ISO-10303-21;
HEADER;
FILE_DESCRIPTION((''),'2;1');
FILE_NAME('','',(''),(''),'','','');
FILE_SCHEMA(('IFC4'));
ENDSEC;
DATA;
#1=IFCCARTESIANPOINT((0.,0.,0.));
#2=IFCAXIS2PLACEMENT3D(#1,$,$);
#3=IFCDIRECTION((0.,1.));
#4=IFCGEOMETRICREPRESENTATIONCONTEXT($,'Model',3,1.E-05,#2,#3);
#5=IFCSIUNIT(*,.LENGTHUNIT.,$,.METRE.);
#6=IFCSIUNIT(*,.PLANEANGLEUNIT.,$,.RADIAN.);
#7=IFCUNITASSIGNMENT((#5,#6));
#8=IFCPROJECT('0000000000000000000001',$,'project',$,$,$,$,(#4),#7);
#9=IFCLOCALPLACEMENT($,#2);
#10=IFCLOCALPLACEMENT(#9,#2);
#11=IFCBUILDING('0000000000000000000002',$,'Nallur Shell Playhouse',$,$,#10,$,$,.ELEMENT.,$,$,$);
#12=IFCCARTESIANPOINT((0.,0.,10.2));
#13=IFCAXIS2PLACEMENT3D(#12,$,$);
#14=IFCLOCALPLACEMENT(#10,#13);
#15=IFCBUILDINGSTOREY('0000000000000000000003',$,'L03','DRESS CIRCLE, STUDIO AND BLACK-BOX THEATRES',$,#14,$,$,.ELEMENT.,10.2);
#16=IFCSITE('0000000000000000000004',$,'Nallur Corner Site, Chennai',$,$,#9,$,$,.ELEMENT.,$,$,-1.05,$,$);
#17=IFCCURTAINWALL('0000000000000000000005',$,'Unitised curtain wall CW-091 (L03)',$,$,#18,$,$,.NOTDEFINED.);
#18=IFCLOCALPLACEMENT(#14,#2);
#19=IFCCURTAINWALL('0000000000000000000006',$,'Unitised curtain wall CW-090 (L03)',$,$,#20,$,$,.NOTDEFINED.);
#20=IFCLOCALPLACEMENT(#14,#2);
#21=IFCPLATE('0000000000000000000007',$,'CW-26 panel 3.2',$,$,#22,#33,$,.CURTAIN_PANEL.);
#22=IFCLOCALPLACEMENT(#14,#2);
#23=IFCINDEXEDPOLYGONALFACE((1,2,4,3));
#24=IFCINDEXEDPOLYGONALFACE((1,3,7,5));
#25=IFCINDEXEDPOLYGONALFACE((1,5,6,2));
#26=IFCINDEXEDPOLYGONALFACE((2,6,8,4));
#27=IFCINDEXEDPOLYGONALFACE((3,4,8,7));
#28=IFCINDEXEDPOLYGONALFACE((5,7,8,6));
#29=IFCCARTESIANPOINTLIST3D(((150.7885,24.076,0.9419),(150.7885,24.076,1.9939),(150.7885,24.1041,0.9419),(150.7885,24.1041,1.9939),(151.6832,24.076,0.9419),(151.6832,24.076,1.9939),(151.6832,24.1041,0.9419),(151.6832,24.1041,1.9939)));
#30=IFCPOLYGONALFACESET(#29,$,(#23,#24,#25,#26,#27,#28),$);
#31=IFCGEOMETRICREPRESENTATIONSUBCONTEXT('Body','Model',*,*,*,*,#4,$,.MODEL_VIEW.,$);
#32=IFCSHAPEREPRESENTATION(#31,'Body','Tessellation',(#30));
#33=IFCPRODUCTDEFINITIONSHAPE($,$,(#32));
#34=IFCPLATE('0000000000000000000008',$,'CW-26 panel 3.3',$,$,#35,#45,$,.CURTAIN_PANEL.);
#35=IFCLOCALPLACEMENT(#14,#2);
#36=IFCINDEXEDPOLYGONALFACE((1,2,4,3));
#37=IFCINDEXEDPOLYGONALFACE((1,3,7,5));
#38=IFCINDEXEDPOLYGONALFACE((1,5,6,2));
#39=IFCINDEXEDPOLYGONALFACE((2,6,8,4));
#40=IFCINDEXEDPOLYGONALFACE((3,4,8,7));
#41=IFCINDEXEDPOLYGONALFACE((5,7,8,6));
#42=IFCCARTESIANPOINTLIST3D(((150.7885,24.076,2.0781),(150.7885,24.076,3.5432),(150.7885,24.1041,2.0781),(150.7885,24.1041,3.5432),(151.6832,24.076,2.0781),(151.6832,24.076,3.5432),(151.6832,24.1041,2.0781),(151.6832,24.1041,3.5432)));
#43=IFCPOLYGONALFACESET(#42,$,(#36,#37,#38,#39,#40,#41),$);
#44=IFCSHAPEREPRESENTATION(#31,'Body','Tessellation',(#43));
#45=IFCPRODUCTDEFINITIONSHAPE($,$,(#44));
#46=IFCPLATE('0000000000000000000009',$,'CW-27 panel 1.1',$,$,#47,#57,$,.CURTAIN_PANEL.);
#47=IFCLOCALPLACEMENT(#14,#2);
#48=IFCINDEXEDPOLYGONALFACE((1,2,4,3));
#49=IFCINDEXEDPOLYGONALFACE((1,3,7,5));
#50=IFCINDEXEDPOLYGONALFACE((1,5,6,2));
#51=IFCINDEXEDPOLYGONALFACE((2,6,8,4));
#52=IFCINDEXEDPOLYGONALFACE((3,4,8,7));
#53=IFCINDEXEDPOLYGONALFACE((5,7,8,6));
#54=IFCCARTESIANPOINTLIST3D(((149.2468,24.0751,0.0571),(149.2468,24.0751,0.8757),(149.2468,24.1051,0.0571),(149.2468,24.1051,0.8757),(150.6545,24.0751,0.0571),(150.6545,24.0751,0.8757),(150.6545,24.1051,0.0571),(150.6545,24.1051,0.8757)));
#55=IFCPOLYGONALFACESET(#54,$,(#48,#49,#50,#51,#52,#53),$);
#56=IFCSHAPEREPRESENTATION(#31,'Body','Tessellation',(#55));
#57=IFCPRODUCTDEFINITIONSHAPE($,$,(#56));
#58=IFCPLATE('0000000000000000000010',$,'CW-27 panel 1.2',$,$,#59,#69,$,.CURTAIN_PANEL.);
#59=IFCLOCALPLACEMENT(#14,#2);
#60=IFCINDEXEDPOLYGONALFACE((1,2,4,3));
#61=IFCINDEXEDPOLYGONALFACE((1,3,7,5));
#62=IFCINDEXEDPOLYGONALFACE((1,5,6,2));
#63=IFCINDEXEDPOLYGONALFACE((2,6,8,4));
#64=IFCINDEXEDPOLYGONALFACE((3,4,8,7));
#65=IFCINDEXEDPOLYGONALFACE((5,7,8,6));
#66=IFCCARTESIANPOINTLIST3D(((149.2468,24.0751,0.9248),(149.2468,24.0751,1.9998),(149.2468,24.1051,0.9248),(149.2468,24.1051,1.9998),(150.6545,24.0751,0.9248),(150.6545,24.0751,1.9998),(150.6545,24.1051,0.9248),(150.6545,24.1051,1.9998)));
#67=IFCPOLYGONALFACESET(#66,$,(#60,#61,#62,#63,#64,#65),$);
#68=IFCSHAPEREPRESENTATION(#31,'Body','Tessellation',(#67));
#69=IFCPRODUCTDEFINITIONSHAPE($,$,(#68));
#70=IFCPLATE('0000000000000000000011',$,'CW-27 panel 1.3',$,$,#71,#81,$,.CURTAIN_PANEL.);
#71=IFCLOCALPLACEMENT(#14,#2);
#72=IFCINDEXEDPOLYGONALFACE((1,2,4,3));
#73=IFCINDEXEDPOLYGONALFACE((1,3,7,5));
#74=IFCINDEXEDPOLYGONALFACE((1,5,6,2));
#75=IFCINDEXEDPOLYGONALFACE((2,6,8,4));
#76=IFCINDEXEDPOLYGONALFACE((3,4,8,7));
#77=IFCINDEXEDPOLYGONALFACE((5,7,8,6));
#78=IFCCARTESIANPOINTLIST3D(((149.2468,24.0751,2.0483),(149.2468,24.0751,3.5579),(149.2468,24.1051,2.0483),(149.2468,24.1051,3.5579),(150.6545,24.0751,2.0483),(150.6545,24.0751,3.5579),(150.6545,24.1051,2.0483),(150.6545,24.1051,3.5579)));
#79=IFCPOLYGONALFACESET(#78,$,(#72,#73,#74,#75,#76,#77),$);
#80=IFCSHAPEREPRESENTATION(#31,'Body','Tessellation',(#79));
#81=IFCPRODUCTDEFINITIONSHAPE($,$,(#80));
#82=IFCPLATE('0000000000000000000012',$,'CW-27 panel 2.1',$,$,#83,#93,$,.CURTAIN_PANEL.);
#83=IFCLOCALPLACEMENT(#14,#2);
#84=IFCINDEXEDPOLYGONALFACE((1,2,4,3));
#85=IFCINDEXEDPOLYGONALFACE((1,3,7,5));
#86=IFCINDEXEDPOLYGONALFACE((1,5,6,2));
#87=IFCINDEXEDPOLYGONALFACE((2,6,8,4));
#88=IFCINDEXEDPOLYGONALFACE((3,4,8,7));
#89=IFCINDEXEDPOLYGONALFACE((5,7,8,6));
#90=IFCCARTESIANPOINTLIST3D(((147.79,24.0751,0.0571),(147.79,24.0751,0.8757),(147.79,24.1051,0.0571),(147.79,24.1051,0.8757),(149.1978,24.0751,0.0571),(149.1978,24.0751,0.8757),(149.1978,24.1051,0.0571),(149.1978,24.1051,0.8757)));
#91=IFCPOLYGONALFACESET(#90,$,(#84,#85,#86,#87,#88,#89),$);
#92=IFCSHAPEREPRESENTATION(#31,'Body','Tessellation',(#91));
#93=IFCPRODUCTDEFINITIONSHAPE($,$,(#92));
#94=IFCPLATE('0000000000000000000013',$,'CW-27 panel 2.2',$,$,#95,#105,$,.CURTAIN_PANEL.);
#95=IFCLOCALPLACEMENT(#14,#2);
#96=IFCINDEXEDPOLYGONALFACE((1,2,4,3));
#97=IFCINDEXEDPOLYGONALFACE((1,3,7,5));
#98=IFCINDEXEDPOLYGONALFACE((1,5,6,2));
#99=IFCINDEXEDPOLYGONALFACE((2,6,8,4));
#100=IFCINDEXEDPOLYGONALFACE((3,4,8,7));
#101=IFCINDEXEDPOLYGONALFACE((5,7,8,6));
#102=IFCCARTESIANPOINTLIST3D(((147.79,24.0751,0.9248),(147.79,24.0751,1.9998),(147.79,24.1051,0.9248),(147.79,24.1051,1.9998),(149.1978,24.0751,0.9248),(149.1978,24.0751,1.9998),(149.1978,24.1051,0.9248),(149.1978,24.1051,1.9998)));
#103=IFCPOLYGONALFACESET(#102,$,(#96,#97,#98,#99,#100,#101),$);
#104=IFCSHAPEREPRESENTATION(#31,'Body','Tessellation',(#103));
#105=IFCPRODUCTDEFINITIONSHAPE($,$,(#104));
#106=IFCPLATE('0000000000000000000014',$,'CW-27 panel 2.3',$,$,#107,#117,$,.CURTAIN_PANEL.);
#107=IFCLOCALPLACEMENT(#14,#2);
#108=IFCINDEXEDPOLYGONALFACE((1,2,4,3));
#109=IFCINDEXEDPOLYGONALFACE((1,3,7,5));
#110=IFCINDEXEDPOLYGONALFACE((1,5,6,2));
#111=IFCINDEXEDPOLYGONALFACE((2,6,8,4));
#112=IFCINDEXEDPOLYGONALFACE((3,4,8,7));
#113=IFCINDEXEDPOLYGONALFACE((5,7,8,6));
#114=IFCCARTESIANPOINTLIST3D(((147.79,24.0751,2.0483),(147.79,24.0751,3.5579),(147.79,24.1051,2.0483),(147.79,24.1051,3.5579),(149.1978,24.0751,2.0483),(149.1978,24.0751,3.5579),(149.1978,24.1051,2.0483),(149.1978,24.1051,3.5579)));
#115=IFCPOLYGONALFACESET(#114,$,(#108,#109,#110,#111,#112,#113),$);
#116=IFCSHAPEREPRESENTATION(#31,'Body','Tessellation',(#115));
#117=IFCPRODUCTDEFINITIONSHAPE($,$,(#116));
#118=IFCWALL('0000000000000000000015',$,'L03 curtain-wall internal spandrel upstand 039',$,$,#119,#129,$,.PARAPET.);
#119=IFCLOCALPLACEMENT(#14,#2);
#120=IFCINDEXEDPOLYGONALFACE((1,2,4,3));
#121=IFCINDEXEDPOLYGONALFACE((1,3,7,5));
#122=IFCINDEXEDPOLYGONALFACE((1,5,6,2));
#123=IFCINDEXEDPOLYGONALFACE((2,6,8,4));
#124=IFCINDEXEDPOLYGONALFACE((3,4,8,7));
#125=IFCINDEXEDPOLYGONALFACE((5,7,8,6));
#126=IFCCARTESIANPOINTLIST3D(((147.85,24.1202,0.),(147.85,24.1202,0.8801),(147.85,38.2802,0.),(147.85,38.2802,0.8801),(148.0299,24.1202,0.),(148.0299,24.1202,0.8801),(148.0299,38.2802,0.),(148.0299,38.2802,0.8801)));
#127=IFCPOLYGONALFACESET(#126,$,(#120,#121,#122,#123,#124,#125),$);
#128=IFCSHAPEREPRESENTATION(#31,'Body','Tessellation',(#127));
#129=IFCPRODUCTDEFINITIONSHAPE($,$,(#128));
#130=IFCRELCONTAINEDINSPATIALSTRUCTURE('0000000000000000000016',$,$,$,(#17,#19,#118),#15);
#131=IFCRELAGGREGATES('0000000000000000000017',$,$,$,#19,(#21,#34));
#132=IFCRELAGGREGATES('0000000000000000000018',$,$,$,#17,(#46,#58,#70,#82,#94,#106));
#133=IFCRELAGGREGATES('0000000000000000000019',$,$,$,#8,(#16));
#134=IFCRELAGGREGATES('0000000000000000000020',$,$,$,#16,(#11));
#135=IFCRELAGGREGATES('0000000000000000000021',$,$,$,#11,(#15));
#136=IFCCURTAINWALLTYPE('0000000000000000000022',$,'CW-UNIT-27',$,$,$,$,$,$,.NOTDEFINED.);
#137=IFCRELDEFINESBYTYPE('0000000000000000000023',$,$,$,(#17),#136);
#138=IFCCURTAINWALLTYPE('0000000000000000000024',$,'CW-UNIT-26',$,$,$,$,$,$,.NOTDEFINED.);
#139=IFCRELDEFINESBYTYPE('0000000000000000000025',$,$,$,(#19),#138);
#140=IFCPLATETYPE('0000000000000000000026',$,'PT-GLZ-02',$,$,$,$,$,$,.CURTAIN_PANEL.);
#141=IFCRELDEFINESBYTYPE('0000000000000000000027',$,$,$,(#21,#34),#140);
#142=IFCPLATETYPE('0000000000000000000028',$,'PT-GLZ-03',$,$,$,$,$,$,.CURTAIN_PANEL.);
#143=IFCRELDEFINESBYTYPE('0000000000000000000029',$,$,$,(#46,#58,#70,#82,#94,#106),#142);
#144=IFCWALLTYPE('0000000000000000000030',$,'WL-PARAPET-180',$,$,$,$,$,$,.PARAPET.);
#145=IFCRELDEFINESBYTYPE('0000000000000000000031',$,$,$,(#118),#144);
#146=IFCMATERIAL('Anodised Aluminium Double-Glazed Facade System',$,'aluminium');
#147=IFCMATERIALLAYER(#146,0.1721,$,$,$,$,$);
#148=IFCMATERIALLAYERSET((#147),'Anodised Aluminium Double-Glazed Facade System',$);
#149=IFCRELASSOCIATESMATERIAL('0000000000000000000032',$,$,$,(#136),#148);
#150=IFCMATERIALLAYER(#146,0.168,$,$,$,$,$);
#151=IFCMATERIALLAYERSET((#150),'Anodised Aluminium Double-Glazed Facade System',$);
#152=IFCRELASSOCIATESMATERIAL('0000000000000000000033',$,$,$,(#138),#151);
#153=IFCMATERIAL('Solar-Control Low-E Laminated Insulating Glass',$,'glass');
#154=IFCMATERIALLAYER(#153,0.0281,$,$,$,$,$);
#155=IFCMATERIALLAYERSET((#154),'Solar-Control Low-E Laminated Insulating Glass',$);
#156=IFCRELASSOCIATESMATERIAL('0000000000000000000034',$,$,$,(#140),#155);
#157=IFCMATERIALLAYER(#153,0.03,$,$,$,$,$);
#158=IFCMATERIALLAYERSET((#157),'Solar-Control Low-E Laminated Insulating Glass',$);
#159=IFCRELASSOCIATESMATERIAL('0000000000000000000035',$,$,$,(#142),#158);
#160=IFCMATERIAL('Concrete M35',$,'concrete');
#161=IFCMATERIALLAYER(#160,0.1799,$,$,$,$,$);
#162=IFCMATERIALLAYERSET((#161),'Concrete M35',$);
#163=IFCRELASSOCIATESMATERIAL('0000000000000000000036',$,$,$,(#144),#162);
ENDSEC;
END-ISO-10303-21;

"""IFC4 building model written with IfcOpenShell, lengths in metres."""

from ifc_helpers import new_model, si_unit, direction, frame, frame_2d, origin, origin_2d, place, context, subcontext, project, spatial, rectangle, extrude, material, layer, layer_set, type_object, element, aggregate, save


model = new_model("IFC4")

# Units and contexts
model_context = context("Model", 3, precision=1e-05, world=origin(), true_north=direction((0.0, 1.0)))
body_context = subcontext(model_context, "Body", "Model", "MODEL_VIEW")
ifc_project = project(units=[si_unit("LENGTHUNIT", "METRE"), si_unit("PLANEANGLEUNIT", "RADIAN")], contexts=[model_context])

# Site, building, storey
site_placement = place(None, origin())
site = spatial("IfcSite", under=ifc_project, at=site_placement, Name="Nallur Corner Site, Chennai", CompositionType="ELEMENT", RefElevation=-1.05)
building_placement = place(site_placement, origin())
building = spatial("IfcBuilding", under=site, at=building_placement, Name="Nallur Shell Playhouse", CompositionType="ELEMENT")
storey_placement = place(building_placement, frame((0.0, 0.0, 10.2)))
storey = spatial("IfcBuildingStorey", under=building, at=storey_placement, Name="L03", Description="DRESS CIRCLE, STUDIO AND BLACK-BOX THEATRES", CompositionType="ELEMENT", Elevation=10.2)

# Curtain walls
ifc_material_1 = material(Name="Anodised Aluminium Double-Glazed Facade System", Category="aluminium")
ifc_layer_1 = layer(ifc_material_1, 0.1721)
ifc_layer_set_1 = layer_set([ifc_layer_1], Name="Anodised Aluminium Double-Glazed Facade System")
curtain_wall_type_1 = type_object("IfcCurtainWallType", Name="CW-UNIT-27", PredefinedType="NOTDEFINED", material=ifc_layer_set_1)
curtain_wall_1_placement = place(storey_placement, origin())
curtain_wall_1 = element("IfcCurtainWall", 1, at=curtain_wall_1_placement, inside=storey, type_object=curtain_wall_type_1, Name="Unitised curtain wall CW-091 (L03)", PredefinedType="NOTDEFINED")
ifc_layer_2 = layer(ifc_material_1, 0.168)
ifc_layer_set_2 = layer_set([ifc_layer_2], Name="Anodised Aluminium Double-Glazed Facade System")
curtain_wall_type_2 = type_object("IfcCurtainWallType", Name="CW-UNIT-26", PredefinedType="NOTDEFINED", material=ifc_layer_set_2)
curtain_wall_2_placement = place(storey_placement, origin())
curtain_wall_2 = element("IfcCurtainWall", 2, at=curtain_wall_2_placement, inside=storey, type_object=curtain_wall_type_2, Name="Unitised curtain wall CW-090 (L03)", PredefinedType="NOTDEFINED")

# Plates
ifc_material_2 = material(Name="Solar-Control Low-E Laminated Insulating Glass", Category="glass")
ifc_layer_3 = layer(ifc_material_2, 0.0281)
ifc_layer_set_3 = layer_set([ifc_layer_3], Name="Solar-Control Low-E Laminated Insulating Glass")
plate_type_1 = type_object("IfcPlateType", Name="PT-GLZ-02", PredefinedType="CURTAIN_PANEL", material=ifc_layer_set_3)
plate_1_placement = place(storey_placement, frame((151.2358, 24.0901, 0.9419), z_axis=(0.0, 0.0, 1.0), x_axis=(-1.0, 0.0, 0.0)))
plate_1 = element("IfcPlate", 3, at=plate_1_placement, type_object=plate_type_1, Name="CW-26 panel 3.2", PredefinedType="CURTAIN_PANEL", context=body_context, shape_type="SweptSolid", body=[
    extrude(rectangle(XDim=0.8948, YDim=0.0281, at=origin_2d()), origin(), (0.0, 0.0, 1.0), 1.052),
])
plate_2_placement = place(storey_placement, frame((151.2358, 24.0901, 2.0781), z_axis=(0.0, 0.0, 1.0), x_axis=(-1.0, 0.0, 0.0)))
plate_2 = element("IfcPlate", 4, at=plate_2_placement, type_object=plate_type_1, Name="CW-26 panel 3.3", PredefinedType="CURTAIN_PANEL", context=body_context, shape_type="SweptSolid", body=[
    extrude(rectangle(XDim=0.8948, YDim=0.0281, at=origin_2d()), origin(), (0.0, 0.0, 1.0), 1.4651),
])
aggregate(curtain_wall_2, [plate_1, plate_2])
ifc_layer_4 = layer(ifc_material_2, 0.03)
ifc_layer_set_4 = layer_set([ifc_layer_4], Name="Solar-Control Low-E Laminated Insulating Glass")
plate_type_2 = type_object("IfcPlateType", Name="PT-GLZ-03", PredefinedType="CURTAIN_PANEL", material=ifc_layer_set_4)
plate_3_placement = place(storey_placement, frame((149.9507, 24.0901, 0.0571), z_axis=(0.0, 0.0, 1.0), x_axis=(-1.0, 0.0, 0.0)))
plate_3 = element("IfcPlate", 5, at=plate_3_placement, type_object=plate_type_2, Name="CW-27 panel 1.1", PredefinedType="CURTAIN_PANEL", context=body_context, shape_type="SweptSolid", body=[
    extrude(rectangle(XDim=1.4077, YDim=0.03, at=origin_2d()), origin(), (0.0, 0.0, 1.0), 0.8186),
])
plate_4_placement = place(storey_placement, frame((149.9507, 24.0901, 0.9248), z_axis=(0.0, 0.0, 1.0), x_axis=(-1.0, 0.0, 0.0)))
plate_4 = element("IfcPlate", 6, at=plate_4_placement, type_object=plate_type_2, Name="CW-27 panel 1.2", PredefinedType="CURTAIN_PANEL", context=body_context, shape_type="SweptSolid", body=[
    extrude(rectangle(XDim=1.4077, YDim=0.03, at=origin_2d()), origin(), (0.0, 0.0, 1.0), 1.075),
])
plate_5_placement = place(storey_placement, frame((149.9507, 24.0901, 2.0483), z_axis=(0.0, 0.0, 1.0), x_axis=(-1.0, 0.0, 0.0)))
plate_5 = element("IfcPlate", 7, at=plate_5_placement, type_object=plate_type_2, Name="CW-27 panel 1.3", PredefinedType="CURTAIN_PANEL", context=body_context, shape_type="SweptSolid", body=[
    extrude(rectangle(XDim=1.4077, YDim=0.03, at=origin_2d()), origin(), (0.0, 0.0, 1.0), 1.5095),
])
plate_6_placement = place(storey_placement, frame((148.4939, 24.0901, 0.0571), z_axis=(0.0, 0.0, 1.0), x_axis=(-1.0, 0.0, 0.0)))
plate_6 = element("IfcPlate", 8, at=plate_6_placement, type_object=plate_type_2, Name="CW-27 panel 2.1", PredefinedType="CURTAIN_PANEL", context=body_context, shape_type="SweptSolid", body=[
    extrude(rectangle(XDim=1.4077, YDim=0.03, at=origin_2d()), origin(), (0.0, 0.0, 1.0), 0.8186),
])
plate_7_placement = place(storey_placement, frame((148.4939, 24.0901, 0.9248), z_axis=(0.0, 0.0, 1.0), x_axis=(-1.0, 0.0, 0.0)))
plate_7 = element("IfcPlate", 9, at=plate_7_placement, type_object=plate_type_2, Name="CW-27 panel 2.2", PredefinedType="CURTAIN_PANEL", context=body_context, shape_type="SweptSolid", body=[
    extrude(rectangle(XDim=1.4077, YDim=0.03, at=origin_2d()), origin(), (0.0, 0.0, 1.0), 1.075),
])
plate_8_placement = place(storey_placement, frame((148.4939, 24.0901, 2.0483), z_axis=(0.0, 0.0, 1.0), x_axis=(-1.0, 0.0, 0.0)))
plate_8 = element("IfcPlate", 10, at=plate_8_placement, type_object=plate_type_2, Name="CW-27 panel 2.3", PredefinedType="CURTAIN_PANEL", context=body_context, shape_type="SweptSolid", body=[
    extrude(rectangle(XDim=1.4077, YDim=0.03, at=origin_2d()), origin(), (0.0, 0.0, 1.0), 1.5095),
])
aggregate(curtain_wall_1, [plate_3, plate_4, plate_5, plate_6, plate_7, plate_8])

# Wall
ifc_material_3 = material(Name="Concrete M35", Category="concrete")
ifc_layer_5 = layer(ifc_material_3, 0.1799)
ifc_layer_set_5 = layer_set([ifc_layer_5], Name="Concrete M35")
wall_type_1 = type_object("IfcWallType", Name="WL-PARAPET-180", PredefinedType="PARAPET", material=ifc_layer_set_5)
wall_1_placement = place(storey_placement, frame((147.9399, 24.1201, 0.0), z_axis=(0.0, 0.0, 1.0), x_axis=(0.0, 1.0, 0.0)))
element("IfcWall", 11, at=wall_1_placement, inside=storey, type_object=wall_type_1, Name="L03 curtain-wall internal spandrel upstand 039", PredefinedType="PARAPET", context=body_context, shape_type="SweptSolid", body=[
    extrude(rectangle(XDim=14.1599, YDim=0.1799, at=frame_2d((7.0801, 0.0))), origin(), (0.0, 0.0, 1.0), 0.8801),
])

save(model, "model.ifc")
